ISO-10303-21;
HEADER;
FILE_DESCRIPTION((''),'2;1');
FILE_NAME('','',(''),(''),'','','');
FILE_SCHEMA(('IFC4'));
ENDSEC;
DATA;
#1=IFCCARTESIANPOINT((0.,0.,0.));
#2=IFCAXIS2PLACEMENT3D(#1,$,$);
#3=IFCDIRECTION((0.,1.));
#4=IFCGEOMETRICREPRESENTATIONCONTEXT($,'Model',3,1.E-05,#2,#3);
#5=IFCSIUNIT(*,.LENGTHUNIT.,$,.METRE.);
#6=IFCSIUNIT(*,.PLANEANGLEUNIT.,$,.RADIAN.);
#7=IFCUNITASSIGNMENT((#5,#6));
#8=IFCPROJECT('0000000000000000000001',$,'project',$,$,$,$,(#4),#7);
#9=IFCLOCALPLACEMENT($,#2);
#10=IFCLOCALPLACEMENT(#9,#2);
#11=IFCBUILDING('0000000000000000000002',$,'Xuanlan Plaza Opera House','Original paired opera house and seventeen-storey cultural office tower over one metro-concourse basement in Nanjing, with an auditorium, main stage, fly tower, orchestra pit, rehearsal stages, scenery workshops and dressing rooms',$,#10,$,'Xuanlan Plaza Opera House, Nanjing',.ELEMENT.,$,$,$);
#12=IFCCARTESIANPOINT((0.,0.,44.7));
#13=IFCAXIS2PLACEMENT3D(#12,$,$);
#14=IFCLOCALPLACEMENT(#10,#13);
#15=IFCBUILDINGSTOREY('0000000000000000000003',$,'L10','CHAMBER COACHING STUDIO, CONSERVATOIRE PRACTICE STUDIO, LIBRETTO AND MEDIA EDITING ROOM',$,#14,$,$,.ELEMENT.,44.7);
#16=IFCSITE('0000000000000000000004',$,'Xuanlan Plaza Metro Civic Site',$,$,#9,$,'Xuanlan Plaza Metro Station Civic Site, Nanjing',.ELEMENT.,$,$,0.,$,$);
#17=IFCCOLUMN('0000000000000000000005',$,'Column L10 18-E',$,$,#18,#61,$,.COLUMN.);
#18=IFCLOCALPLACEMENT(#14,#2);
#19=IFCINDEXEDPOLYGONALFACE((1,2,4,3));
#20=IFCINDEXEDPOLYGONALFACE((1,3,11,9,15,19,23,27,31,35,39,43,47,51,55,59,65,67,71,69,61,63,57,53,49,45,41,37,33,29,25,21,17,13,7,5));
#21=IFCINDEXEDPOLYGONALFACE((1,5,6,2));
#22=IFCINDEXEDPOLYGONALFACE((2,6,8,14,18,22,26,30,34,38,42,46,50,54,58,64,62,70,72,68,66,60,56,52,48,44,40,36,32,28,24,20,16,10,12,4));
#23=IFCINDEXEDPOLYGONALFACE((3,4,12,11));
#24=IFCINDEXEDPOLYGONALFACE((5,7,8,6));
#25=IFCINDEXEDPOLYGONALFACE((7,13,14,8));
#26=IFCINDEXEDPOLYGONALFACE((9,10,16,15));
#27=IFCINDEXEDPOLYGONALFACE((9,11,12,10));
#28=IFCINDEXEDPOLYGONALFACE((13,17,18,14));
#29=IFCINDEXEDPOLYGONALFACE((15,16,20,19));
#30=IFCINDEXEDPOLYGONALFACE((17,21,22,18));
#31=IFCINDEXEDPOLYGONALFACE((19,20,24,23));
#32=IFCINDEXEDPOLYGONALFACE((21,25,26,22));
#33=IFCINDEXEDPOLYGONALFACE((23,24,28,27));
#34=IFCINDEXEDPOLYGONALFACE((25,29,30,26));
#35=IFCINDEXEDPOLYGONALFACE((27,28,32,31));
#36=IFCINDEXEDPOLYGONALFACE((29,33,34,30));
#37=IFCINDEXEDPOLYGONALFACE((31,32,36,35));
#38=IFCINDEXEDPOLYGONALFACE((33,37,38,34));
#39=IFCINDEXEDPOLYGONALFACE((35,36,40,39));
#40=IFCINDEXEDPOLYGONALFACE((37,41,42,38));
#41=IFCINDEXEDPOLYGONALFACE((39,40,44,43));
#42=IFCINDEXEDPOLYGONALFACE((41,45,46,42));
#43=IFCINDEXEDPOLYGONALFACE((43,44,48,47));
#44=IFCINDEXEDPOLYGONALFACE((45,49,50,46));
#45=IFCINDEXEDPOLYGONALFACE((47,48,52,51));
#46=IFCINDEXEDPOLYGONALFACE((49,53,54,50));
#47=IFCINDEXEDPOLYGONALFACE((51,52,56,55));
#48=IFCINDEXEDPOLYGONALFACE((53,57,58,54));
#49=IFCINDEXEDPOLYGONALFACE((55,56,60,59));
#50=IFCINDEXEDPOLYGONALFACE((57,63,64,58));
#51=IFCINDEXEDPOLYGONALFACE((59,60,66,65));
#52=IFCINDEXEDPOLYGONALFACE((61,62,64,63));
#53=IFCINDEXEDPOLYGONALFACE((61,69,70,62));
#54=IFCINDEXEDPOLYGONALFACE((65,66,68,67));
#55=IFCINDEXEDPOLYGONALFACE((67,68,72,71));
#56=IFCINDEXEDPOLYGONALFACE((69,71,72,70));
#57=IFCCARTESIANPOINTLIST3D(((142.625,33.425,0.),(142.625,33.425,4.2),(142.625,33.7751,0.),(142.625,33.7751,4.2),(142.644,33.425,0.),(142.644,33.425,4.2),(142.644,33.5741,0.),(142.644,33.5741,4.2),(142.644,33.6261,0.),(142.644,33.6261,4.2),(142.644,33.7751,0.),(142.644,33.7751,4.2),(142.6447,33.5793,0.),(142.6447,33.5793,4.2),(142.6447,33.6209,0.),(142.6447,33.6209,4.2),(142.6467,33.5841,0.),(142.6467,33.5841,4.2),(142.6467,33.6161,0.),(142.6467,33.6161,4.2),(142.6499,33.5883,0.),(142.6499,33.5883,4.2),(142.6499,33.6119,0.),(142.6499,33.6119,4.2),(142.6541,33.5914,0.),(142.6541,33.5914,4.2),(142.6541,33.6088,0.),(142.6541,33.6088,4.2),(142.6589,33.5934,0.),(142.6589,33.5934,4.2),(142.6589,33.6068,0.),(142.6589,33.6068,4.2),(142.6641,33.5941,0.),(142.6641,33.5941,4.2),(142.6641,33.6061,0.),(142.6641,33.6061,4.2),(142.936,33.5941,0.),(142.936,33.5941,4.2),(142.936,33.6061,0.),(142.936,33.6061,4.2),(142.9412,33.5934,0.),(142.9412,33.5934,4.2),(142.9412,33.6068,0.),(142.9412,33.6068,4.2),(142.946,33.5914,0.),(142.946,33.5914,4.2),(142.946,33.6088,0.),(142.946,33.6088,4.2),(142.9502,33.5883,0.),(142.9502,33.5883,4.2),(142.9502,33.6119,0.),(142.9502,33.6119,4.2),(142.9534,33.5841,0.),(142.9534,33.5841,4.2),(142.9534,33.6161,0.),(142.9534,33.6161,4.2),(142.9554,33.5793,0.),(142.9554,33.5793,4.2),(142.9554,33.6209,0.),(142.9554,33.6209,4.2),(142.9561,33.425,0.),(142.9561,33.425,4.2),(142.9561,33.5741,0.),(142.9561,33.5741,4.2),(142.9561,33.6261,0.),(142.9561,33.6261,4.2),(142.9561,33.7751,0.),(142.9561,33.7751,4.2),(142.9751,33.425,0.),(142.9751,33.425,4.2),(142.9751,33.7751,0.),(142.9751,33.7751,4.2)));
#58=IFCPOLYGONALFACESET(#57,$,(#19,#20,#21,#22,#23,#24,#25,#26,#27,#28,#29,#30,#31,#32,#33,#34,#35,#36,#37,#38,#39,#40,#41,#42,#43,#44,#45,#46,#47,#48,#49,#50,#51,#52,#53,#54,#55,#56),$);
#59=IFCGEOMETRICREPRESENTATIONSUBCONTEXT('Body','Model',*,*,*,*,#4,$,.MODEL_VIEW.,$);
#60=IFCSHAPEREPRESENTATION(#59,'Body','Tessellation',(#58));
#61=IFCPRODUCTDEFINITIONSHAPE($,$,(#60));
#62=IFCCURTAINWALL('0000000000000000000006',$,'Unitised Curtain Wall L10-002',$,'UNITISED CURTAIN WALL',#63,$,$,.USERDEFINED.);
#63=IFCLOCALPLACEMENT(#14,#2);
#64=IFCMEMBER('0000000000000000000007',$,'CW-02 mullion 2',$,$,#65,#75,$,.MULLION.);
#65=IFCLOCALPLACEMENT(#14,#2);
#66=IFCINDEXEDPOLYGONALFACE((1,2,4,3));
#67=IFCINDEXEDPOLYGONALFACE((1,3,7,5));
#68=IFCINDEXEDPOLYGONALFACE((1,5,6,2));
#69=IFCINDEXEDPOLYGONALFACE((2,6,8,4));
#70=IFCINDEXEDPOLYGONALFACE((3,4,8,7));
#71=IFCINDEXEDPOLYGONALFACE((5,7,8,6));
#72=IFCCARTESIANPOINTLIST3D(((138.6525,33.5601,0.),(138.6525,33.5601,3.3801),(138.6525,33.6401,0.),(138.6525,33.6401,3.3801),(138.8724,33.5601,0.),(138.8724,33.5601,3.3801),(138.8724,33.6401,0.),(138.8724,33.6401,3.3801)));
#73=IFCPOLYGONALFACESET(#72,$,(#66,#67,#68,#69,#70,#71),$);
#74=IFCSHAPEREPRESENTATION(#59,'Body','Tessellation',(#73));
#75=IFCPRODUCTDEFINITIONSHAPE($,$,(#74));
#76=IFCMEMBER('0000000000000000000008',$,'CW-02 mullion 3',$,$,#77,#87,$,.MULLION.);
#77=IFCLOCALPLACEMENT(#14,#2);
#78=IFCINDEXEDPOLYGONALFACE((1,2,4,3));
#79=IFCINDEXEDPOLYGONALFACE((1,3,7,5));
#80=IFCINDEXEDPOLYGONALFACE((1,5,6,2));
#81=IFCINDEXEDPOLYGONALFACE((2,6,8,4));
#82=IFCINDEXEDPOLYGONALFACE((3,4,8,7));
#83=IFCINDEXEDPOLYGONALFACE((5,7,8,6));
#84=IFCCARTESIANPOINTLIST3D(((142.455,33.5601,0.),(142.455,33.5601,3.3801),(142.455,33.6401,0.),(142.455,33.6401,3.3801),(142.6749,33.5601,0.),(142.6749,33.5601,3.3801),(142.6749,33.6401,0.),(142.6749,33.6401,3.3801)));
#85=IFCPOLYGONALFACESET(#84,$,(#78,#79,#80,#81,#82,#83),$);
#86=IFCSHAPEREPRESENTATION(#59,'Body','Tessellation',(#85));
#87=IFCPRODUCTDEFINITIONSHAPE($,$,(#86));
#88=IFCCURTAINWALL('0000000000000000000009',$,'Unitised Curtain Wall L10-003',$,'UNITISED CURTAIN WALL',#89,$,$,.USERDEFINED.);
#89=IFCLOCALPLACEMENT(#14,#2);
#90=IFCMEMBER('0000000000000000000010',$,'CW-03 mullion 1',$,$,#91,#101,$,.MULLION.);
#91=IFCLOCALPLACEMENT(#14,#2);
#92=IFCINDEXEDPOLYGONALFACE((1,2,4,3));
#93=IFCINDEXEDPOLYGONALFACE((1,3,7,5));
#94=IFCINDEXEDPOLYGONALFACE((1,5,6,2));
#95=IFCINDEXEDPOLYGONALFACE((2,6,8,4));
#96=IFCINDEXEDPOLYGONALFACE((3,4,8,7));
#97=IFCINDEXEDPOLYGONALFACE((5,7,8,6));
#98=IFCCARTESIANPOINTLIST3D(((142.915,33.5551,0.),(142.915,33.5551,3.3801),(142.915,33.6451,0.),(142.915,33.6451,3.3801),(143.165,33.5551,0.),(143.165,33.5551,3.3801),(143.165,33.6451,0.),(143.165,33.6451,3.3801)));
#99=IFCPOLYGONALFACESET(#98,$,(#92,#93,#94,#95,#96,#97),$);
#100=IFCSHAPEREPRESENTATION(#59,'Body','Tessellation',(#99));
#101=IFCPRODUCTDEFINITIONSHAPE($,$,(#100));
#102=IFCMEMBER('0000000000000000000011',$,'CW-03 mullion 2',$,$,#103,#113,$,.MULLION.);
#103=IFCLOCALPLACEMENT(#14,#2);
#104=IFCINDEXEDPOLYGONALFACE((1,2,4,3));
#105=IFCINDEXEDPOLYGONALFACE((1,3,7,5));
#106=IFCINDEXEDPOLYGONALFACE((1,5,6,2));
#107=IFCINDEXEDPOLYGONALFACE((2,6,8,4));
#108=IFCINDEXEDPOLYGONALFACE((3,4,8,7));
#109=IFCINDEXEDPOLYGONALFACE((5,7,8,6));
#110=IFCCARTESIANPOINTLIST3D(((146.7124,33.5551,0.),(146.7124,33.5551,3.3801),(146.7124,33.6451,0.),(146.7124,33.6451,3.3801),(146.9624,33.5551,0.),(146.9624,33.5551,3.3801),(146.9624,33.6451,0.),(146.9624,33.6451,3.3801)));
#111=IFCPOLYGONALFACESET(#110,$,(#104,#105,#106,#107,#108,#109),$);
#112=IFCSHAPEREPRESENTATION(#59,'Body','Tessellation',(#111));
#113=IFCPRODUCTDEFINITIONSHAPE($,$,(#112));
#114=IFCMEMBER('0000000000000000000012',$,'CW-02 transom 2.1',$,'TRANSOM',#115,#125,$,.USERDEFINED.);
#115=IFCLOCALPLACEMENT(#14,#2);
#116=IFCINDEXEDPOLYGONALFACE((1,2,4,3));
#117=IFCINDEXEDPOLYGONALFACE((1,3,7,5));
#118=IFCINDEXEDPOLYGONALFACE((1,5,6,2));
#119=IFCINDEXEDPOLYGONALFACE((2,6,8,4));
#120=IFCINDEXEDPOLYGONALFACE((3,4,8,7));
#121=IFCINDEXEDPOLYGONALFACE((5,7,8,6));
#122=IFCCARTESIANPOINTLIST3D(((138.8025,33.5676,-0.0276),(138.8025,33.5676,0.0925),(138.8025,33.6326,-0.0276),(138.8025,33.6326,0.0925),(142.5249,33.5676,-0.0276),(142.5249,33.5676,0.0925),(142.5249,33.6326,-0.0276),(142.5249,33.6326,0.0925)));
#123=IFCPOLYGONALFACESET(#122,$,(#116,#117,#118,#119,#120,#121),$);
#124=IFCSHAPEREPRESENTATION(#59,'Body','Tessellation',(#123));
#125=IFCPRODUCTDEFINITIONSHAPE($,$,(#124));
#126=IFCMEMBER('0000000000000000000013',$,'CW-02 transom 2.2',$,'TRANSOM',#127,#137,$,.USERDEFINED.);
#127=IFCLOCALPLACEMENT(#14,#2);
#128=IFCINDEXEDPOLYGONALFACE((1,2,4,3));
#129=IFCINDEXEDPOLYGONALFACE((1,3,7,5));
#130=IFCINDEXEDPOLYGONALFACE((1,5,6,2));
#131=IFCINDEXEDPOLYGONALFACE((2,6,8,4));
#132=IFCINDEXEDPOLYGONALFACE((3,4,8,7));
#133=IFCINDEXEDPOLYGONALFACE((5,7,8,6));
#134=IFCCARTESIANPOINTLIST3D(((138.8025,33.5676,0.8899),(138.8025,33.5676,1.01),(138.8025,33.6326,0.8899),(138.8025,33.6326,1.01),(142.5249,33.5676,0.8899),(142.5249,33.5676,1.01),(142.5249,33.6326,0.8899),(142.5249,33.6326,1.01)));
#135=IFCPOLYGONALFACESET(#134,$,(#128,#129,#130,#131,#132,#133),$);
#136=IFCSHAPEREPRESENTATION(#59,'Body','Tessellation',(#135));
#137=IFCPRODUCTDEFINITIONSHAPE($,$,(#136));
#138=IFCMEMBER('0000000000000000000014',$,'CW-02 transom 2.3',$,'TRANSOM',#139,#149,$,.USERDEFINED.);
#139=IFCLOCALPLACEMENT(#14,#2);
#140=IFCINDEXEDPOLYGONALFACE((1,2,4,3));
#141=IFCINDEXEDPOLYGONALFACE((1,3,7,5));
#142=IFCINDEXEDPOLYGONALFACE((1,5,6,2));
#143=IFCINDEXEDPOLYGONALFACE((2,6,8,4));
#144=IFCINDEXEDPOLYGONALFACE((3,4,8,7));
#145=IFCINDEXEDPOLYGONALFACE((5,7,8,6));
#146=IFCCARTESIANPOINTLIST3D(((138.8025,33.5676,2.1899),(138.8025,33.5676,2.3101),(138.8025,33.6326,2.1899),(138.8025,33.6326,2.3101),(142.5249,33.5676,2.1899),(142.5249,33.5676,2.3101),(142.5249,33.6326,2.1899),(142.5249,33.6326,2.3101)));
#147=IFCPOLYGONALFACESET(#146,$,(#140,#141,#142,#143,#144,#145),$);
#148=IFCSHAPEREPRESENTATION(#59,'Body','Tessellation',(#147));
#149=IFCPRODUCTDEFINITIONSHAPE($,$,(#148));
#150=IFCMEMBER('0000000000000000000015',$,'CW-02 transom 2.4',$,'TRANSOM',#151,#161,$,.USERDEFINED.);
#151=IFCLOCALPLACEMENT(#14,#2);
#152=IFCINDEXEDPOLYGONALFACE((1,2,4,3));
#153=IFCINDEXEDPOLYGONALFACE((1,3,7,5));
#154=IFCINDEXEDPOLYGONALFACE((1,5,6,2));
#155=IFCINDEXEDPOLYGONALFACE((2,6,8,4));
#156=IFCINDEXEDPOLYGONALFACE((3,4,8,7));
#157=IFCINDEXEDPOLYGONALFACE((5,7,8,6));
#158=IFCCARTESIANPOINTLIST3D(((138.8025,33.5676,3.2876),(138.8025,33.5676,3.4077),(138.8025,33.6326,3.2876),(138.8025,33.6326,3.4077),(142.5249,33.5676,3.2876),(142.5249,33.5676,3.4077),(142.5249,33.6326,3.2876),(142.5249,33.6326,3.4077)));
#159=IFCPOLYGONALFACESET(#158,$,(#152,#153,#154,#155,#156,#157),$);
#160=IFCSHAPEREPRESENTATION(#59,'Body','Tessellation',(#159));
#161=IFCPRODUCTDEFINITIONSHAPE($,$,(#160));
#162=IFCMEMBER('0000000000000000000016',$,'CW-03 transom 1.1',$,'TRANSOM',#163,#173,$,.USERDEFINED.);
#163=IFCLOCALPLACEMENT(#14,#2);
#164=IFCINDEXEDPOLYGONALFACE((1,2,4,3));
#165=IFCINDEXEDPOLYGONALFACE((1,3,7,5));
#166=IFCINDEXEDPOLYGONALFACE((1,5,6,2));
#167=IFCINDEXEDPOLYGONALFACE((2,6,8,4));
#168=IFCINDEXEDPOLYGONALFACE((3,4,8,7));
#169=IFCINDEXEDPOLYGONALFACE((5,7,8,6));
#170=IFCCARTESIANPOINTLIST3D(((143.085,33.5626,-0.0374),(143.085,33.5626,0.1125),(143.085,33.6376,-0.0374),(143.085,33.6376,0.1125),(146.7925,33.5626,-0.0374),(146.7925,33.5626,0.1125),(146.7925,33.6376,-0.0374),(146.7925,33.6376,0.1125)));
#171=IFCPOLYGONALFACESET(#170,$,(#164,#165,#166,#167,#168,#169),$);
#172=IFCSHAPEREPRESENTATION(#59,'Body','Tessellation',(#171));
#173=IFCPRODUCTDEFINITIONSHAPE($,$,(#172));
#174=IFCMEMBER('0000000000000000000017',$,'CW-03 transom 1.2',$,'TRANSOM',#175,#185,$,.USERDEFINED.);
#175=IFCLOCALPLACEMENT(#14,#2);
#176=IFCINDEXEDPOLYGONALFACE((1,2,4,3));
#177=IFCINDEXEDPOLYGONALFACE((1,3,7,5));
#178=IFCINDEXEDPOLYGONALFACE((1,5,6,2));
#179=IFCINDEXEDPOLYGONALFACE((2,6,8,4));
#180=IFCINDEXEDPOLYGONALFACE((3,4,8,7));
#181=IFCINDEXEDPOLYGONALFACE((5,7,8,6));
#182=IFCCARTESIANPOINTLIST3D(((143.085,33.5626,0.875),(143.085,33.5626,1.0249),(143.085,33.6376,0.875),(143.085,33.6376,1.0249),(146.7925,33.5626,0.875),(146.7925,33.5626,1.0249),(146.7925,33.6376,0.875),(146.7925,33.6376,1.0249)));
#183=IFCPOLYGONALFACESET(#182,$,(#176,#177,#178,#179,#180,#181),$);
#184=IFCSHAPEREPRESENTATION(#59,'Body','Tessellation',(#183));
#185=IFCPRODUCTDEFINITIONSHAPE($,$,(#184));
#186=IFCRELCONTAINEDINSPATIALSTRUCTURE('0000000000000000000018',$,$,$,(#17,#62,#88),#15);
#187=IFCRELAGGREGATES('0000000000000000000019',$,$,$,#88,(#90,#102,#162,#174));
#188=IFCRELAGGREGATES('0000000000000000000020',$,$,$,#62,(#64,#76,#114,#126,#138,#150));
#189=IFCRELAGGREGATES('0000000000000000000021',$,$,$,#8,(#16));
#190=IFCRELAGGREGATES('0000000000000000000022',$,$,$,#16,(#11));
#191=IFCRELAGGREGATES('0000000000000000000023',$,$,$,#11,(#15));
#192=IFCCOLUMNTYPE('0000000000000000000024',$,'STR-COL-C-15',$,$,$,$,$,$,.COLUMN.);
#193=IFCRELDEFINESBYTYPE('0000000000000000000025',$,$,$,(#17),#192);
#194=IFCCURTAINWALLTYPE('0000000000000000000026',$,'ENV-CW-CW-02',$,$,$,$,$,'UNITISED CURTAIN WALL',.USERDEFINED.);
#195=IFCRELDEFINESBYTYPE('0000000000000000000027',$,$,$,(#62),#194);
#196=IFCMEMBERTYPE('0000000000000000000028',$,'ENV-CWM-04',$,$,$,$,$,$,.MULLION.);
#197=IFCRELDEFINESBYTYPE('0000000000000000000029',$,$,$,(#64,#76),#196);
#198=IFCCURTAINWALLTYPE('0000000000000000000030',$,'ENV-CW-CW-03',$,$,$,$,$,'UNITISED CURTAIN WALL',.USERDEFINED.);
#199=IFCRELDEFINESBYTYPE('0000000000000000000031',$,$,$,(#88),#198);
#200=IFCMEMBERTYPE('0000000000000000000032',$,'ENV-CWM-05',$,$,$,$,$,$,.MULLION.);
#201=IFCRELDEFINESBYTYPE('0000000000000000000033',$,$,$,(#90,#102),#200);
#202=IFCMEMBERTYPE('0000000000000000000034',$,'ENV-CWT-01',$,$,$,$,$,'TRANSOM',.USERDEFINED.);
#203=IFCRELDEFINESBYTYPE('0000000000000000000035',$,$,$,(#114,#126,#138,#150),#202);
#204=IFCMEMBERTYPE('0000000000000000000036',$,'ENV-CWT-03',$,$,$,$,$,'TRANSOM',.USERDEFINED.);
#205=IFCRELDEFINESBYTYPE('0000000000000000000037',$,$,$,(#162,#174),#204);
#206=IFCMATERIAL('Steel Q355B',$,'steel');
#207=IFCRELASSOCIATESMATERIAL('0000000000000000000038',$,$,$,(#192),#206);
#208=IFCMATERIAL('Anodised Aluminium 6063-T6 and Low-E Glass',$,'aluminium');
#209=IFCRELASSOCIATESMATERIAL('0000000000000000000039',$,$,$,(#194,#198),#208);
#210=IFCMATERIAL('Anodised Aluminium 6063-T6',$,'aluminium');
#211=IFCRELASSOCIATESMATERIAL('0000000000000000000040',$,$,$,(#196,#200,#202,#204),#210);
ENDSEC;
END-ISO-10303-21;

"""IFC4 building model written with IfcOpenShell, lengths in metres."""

from ifc_helpers import new_model, si_unit, direction, frame, origin, origin_2d, place, context, subcontext, project, spatial, rectangle, i_section, extrude, material, material_profile, profile_set, type_object, element, aggregate, save


model = new_model("IFC4")

# Units and contexts
model_context = context("Model", 3, precision=1e-05, world=origin(), true_north=direction((0.0, 1.0)))
body_context = subcontext(model_context, "Body", "Model", "MODEL_VIEW")
ifc_project = project(units=[si_unit("LENGTHUNIT", "METRE"), si_unit("PLANEANGLEUNIT", "RADIAN")], contexts=[model_context])

# Site, building, storey
site_placement = place(None, origin())
site = spatial("IfcSite", under=ifc_project, at=site_placement, Name="Xuanlan Plaza Metro Civic Site", LongName="Xuanlan Plaza Metro Station Civic Site, Nanjing", CompositionType="ELEMENT", RefElevation=0.0)
building_placement = place(site_placement, origin())
building = spatial("IfcBuilding", under=site, at=building_placement, Name="Xuanlan Plaza Opera House", Description="Original paired opera house and seventeen-storey cultural office tower over one metro-concourse basement in Nanjing, with an auditorium, main stage, fly tower, orchestra pit, rehearsal stages, scenery workshops and dressing rooms", LongName="Xuanlan Plaza Opera House, Nanjing", CompositionType="ELEMENT")
storey_placement = place(building_placement, frame((0.0, 0.0, 44.7)))
storey = spatial("IfcBuildingStorey", under=building, at=storey_placement, Name="L10", Description="CHAMBER COACHING STUDIO, CONSERVATOIRE PRACTICE STUDIO, LIBRETTO AND MEDIA EDITING ROOM", CompositionType="ELEMENT", Elevation=44.7)

# Column
ifc_material_1 = material(Name="Steel Q355B", Category="steel")
ifc_material_profile_1 = material_profile(ifc_material_1, i_section(OverallWidth=0.3501, OverallDepth=0.3501, WebThickness=0.012, FlangeThickness=0.019, FilletRadius=0.02, at=origin_2d()), Name="HW 350x350x12x19")
ifc_profile_set_1 = profile_set([ifc_material_profile_1], Name="Steel Q355B")
column_type = type_object("IfcColumnType", Name="STR-COL-C-15", PredefinedType="COLUMN", material=ifc_profile_set_1)
column_placement = place(storey_placement, frame((142.8, 33.6001, 0.0), z_axis=(0.0, 0.0, 1.0), x_axis=(0.0, 1.0, 0.0)))
element("IfcColumn", 1, at=column_placement, inside=storey, type_object=column_type, Name="Column L10 18-E", PredefinedType="COLUMN", context=body_context, shape_type="SweptSolid", body=[
    extrude(i_section(OverallWidth=0.3501, OverallDepth=0.3501, WebThickness=0.012, FlangeThickness=0.019, FilletRadius=0.02, at=origin_2d()), origin(), (0.0, 0.0, 1.0), 4.2),
])

# Curtain walls, members
ifc_material_2 = material(Name="Anodised Aluminium 6063-T6 and Low-E Glass", Category="aluminium")
curtain_wall_type_1 = type_object("IfcCurtainWallType", Name="ENV-CW-CW-02", ElementType="UNITISED CURTAIN WALL", PredefinedType="USERDEFINED", material=ifc_material_2)
curtain_wall_1_placement = place(storey_placement, origin())
curtain_wall_1 = element("IfcCurtainWall", 2, at=curtain_wall_1_placement, inside=storey, type_object=curtain_wall_type_1, Name="Unitised Curtain Wall L10-002", ObjectType="UNITISED CURTAIN WALL", PredefinedType="USERDEFINED")
ifc_material_3 = material(Name="Anodised Aluminium 6063-T6", Category="aluminium")
ifc_material_profile_2 = material_profile(ifc_material_3, rectangle(XDim=0.0801, YDim=0.22, at=origin_2d()), Name="ALU-M 80x220")
ifc_profile_set_2 = profile_set([ifc_material_profile_2], Name="Anodised Aluminium 6063-T6")
member_type_1 = type_object("IfcMemberType", Name="ENV-CWM-04", PredefinedType="MULLION", material=ifc_profile_set_2)
member_1_placement = place(storey_placement, frame((138.7625, 33.6001, 0.0), z_axis=(0.0, 0.0, 1.0), x_axis=(0.0, 1.0, 0.0)))
member_1 = element("IfcMember", 3, at=member_1_placement, type_object=member_type_1, Name="CW-02 mullion 2", PredefinedType="MULLION", context=body_context, shape_type="SweptSolid", body=[
    extrude(rectangle(XDim=0.0801, YDim=0.22, at=origin_2d()), origin(), (0.0, 0.0, 1.0), 3.3801),
])
member_2_placement = place(storey_placement, frame((142.5649, 33.6001, 0.0), z_axis=(0.0, 0.0, 1.0), x_axis=(0.0, 1.0, 0.0)))
member_2 = element("IfcMember", 4, at=member_2_placement, type_object=member_type_1, Name="CW-02 mullion 3", PredefinedType="MULLION", context=body_context, shape_type="SweptSolid", body=[
    extrude(rectangle(XDim=0.0801, YDim=0.22, at=origin_2d()), origin(), (0.0, 0.0, 1.0), 3.3801),
])
curtain_wall_type_2 = type_object("IfcCurtainWallType", Name="ENV-CW-CW-03", ElementType="UNITISED CURTAIN WALL", PredefinedType="USERDEFINED", material=ifc_material_2)
curtain_wall_2_placement = place(storey_placement, origin())
curtain_wall_2 = element("IfcCurtainWall", 5, at=curtain_wall_2_placement, inside=storey, type_object=curtain_wall_type_2, Name="Unitised Curtain Wall L10-003", ObjectType="UNITISED CURTAIN WALL", PredefinedType="USERDEFINED")
ifc_material_profile_3 = material_profile(ifc_material_3, rectangle(XDim=0.0901, YDim=0.25, at=origin_2d()), Name="ALU-M 90x250")
ifc_profile_set_3 = profile_set([ifc_material_profile_3], Name="Anodised Aluminium 6063-T6")
member_type_2 = type_object("IfcMemberType", Name="ENV-CWM-05", PredefinedType="MULLION", material=ifc_profile_set_3)
member_3_placement = place(storey_placement, frame((143.04, 33.6001, 0.0), z_axis=(0.0, 0.0, 1.0), x_axis=(0.0, 1.0, 0.0)))
member_3 = element("IfcMember", 6, at=member_3_placement, type_object=member_type_2, Name="CW-03 mullion 1", PredefinedType="MULLION", context=body_context, shape_type="SweptSolid", body=[
    extrude(rectangle(XDim=0.0901, YDim=0.25, at=origin_2d()), origin(), (0.0, 0.0, 1.0), 3.3801),
])
member_4_placement = place(storey_placement, frame((146.8374, 33.6001, 0.0), z_axis=(0.0, 0.0, 1.0), x_axis=(0.0, 1.0, 0.0)))
member_4 = element("IfcMember", 7, at=member_4_placement, type_object=member_type_2, Name="CW-03 mullion 2", PredefinedType="MULLION", context=body_context, shape_type="SweptSolid", body=[
    extrude(rectangle(XDim=0.0901, YDim=0.25, at=origin_2d()), origin(), (0.0, 0.0, 1.0), 3.3801),
])

# Members
ifc_material_profile_4 = material_profile(ifc_material_3, rectangle(XDim=0.0649, YDim=0.1201, at=origin_2d()), Name="ALU-T 65x120")
ifc_profile_set_4 = profile_set([ifc_material_profile_4], Name="Anodised Aluminium 6063-T6")
member_type_3 = type_object("IfcMemberType", Name="ENV-CWT-01", ElementType="TRANSOM", PredefinedType="USERDEFINED", material=ifc_profile_set_4)
member_5_placement = place(storey_placement, frame((138.8025, 33.6001, 0.0325), z_axis=(1.0, 0.0, 0.0), x_axis=(0.0, 1.0, 0.0)))
member_5 = element("IfcMember", 8, at=member_5_placement, type_object=member_type_3, Name="CW-02 transom 2.1", ObjectType="TRANSOM", PredefinedType="USERDEFINED", context=body_context, shape_type="SweptSolid", body=[
    extrude(rectangle(XDim=0.0649, YDim=0.1201, at=origin_2d()), origin(), (0.0, 0.0, 1.0), 3.7224),
])
member_6_placement = place(storey_placement, frame((138.8025, 33.6001, 0.95), z_axis=(1.0, 0.0, 0.0), x_axis=(0.0, 1.0, 0.0)))
member_6 = element("IfcMember", 9, at=member_6_placement, type_object=member_type_3, Name="CW-02 transom 2.2", ObjectType="TRANSOM", PredefinedType="USERDEFINED", context=body_context, shape_type="SweptSolid", body=[
    extrude(rectangle(XDim=0.0649, YDim=0.1201, at=origin_2d()), origin(), (0.0, 0.0, 1.0), 3.7224),
])
member_7_placement = place(storey_placement, frame((138.8025, 33.6001, 2.25), z_axis=(1.0, 0.0, 0.0), x_axis=(0.0, 1.0, 0.0)))
member_7 = element("IfcMember", 10, at=member_7_placement, type_object=member_type_3, Name="CW-02 transom 2.3", ObjectType="TRANSOM", PredefinedType="USERDEFINED", context=body_context, shape_type="SweptSolid", body=[
    extrude(rectangle(XDim=0.0649, YDim=0.1201, at=origin_2d()), origin(), (0.0, 0.0, 1.0), 3.7224),
])
member_8_placement = place(storey_placement, frame((138.8025, 33.6001, 3.3477), z_axis=(1.0, 0.0, 0.0), x_axis=(0.0, 1.0, 0.0)))
member_8 = element("IfcMember", 11, at=member_8_placement, type_object=member_type_3, Name="CW-02 transom 2.4", ObjectType="TRANSOM", PredefinedType="USERDEFINED", context=body_context, shape_type="SweptSolid", body=[
    extrude(rectangle(XDim=0.0649, YDim=0.1201, at=origin_2d()), origin(), (0.0, 0.0, 1.0), 3.7224),
])
ifc_material_profile_5 = material_profile(ifc_material_3, rectangle(XDim=0.075, YDim=0.1499, at=origin_2d()), Name="ALU-T 75x150")
ifc_profile_set_5 = profile_set([ifc_material_profile_5], Name="Anodised Aluminium 6063-T6")
member_type_4 = type_object("IfcMemberType", Name="ENV-CWT-03", ElementType="TRANSOM", PredefinedType="USERDEFINED", material=ifc_profile_set_5)
member_9_placement = place(storey_placement, frame((143.085, 33.6001, 0.0376), z_axis=(1.0, 0.0, 0.0), x_axis=(0.0, 1.0, 0.0)))
member_9 = element("IfcMember", 12, at=member_9_placement, type_object=member_type_4, Name="CW-03 transom 1.1", ObjectType="TRANSOM", PredefinedType="USERDEFINED", context=body_context, shape_type="SweptSolid", body=[
    extrude(rectangle(XDim=0.075, YDim=0.1499, at=origin_2d()), origin(), (0.0, 0.0, 1.0), 3.7075),
])
member_10_placement = place(storey_placement, frame((143.085, 33.6001, 0.95), z_axis=(1.0, 0.0, 0.0), x_axis=(0.0, 1.0, 0.0)))
member_10 = element("IfcMember", 13, at=member_10_placement, type_object=member_type_4, Name="CW-03 transom 1.2", ObjectType="TRANSOM", PredefinedType="USERDEFINED", context=body_context, shape_type="SweptSolid", body=[
    extrude(rectangle(XDim=0.075, YDim=0.1499, at=origin_2d()), origin(), (0.0, 0.0, 1.0), 3.7075),
])

aggregate(curtain_wall_2, [member_3, member_4, member_9, member_10])
aggregate(curtain_wall_1, [member_1, member_2, member_5, member_6, member_7, member_8])

save(model, "model.ifc")
